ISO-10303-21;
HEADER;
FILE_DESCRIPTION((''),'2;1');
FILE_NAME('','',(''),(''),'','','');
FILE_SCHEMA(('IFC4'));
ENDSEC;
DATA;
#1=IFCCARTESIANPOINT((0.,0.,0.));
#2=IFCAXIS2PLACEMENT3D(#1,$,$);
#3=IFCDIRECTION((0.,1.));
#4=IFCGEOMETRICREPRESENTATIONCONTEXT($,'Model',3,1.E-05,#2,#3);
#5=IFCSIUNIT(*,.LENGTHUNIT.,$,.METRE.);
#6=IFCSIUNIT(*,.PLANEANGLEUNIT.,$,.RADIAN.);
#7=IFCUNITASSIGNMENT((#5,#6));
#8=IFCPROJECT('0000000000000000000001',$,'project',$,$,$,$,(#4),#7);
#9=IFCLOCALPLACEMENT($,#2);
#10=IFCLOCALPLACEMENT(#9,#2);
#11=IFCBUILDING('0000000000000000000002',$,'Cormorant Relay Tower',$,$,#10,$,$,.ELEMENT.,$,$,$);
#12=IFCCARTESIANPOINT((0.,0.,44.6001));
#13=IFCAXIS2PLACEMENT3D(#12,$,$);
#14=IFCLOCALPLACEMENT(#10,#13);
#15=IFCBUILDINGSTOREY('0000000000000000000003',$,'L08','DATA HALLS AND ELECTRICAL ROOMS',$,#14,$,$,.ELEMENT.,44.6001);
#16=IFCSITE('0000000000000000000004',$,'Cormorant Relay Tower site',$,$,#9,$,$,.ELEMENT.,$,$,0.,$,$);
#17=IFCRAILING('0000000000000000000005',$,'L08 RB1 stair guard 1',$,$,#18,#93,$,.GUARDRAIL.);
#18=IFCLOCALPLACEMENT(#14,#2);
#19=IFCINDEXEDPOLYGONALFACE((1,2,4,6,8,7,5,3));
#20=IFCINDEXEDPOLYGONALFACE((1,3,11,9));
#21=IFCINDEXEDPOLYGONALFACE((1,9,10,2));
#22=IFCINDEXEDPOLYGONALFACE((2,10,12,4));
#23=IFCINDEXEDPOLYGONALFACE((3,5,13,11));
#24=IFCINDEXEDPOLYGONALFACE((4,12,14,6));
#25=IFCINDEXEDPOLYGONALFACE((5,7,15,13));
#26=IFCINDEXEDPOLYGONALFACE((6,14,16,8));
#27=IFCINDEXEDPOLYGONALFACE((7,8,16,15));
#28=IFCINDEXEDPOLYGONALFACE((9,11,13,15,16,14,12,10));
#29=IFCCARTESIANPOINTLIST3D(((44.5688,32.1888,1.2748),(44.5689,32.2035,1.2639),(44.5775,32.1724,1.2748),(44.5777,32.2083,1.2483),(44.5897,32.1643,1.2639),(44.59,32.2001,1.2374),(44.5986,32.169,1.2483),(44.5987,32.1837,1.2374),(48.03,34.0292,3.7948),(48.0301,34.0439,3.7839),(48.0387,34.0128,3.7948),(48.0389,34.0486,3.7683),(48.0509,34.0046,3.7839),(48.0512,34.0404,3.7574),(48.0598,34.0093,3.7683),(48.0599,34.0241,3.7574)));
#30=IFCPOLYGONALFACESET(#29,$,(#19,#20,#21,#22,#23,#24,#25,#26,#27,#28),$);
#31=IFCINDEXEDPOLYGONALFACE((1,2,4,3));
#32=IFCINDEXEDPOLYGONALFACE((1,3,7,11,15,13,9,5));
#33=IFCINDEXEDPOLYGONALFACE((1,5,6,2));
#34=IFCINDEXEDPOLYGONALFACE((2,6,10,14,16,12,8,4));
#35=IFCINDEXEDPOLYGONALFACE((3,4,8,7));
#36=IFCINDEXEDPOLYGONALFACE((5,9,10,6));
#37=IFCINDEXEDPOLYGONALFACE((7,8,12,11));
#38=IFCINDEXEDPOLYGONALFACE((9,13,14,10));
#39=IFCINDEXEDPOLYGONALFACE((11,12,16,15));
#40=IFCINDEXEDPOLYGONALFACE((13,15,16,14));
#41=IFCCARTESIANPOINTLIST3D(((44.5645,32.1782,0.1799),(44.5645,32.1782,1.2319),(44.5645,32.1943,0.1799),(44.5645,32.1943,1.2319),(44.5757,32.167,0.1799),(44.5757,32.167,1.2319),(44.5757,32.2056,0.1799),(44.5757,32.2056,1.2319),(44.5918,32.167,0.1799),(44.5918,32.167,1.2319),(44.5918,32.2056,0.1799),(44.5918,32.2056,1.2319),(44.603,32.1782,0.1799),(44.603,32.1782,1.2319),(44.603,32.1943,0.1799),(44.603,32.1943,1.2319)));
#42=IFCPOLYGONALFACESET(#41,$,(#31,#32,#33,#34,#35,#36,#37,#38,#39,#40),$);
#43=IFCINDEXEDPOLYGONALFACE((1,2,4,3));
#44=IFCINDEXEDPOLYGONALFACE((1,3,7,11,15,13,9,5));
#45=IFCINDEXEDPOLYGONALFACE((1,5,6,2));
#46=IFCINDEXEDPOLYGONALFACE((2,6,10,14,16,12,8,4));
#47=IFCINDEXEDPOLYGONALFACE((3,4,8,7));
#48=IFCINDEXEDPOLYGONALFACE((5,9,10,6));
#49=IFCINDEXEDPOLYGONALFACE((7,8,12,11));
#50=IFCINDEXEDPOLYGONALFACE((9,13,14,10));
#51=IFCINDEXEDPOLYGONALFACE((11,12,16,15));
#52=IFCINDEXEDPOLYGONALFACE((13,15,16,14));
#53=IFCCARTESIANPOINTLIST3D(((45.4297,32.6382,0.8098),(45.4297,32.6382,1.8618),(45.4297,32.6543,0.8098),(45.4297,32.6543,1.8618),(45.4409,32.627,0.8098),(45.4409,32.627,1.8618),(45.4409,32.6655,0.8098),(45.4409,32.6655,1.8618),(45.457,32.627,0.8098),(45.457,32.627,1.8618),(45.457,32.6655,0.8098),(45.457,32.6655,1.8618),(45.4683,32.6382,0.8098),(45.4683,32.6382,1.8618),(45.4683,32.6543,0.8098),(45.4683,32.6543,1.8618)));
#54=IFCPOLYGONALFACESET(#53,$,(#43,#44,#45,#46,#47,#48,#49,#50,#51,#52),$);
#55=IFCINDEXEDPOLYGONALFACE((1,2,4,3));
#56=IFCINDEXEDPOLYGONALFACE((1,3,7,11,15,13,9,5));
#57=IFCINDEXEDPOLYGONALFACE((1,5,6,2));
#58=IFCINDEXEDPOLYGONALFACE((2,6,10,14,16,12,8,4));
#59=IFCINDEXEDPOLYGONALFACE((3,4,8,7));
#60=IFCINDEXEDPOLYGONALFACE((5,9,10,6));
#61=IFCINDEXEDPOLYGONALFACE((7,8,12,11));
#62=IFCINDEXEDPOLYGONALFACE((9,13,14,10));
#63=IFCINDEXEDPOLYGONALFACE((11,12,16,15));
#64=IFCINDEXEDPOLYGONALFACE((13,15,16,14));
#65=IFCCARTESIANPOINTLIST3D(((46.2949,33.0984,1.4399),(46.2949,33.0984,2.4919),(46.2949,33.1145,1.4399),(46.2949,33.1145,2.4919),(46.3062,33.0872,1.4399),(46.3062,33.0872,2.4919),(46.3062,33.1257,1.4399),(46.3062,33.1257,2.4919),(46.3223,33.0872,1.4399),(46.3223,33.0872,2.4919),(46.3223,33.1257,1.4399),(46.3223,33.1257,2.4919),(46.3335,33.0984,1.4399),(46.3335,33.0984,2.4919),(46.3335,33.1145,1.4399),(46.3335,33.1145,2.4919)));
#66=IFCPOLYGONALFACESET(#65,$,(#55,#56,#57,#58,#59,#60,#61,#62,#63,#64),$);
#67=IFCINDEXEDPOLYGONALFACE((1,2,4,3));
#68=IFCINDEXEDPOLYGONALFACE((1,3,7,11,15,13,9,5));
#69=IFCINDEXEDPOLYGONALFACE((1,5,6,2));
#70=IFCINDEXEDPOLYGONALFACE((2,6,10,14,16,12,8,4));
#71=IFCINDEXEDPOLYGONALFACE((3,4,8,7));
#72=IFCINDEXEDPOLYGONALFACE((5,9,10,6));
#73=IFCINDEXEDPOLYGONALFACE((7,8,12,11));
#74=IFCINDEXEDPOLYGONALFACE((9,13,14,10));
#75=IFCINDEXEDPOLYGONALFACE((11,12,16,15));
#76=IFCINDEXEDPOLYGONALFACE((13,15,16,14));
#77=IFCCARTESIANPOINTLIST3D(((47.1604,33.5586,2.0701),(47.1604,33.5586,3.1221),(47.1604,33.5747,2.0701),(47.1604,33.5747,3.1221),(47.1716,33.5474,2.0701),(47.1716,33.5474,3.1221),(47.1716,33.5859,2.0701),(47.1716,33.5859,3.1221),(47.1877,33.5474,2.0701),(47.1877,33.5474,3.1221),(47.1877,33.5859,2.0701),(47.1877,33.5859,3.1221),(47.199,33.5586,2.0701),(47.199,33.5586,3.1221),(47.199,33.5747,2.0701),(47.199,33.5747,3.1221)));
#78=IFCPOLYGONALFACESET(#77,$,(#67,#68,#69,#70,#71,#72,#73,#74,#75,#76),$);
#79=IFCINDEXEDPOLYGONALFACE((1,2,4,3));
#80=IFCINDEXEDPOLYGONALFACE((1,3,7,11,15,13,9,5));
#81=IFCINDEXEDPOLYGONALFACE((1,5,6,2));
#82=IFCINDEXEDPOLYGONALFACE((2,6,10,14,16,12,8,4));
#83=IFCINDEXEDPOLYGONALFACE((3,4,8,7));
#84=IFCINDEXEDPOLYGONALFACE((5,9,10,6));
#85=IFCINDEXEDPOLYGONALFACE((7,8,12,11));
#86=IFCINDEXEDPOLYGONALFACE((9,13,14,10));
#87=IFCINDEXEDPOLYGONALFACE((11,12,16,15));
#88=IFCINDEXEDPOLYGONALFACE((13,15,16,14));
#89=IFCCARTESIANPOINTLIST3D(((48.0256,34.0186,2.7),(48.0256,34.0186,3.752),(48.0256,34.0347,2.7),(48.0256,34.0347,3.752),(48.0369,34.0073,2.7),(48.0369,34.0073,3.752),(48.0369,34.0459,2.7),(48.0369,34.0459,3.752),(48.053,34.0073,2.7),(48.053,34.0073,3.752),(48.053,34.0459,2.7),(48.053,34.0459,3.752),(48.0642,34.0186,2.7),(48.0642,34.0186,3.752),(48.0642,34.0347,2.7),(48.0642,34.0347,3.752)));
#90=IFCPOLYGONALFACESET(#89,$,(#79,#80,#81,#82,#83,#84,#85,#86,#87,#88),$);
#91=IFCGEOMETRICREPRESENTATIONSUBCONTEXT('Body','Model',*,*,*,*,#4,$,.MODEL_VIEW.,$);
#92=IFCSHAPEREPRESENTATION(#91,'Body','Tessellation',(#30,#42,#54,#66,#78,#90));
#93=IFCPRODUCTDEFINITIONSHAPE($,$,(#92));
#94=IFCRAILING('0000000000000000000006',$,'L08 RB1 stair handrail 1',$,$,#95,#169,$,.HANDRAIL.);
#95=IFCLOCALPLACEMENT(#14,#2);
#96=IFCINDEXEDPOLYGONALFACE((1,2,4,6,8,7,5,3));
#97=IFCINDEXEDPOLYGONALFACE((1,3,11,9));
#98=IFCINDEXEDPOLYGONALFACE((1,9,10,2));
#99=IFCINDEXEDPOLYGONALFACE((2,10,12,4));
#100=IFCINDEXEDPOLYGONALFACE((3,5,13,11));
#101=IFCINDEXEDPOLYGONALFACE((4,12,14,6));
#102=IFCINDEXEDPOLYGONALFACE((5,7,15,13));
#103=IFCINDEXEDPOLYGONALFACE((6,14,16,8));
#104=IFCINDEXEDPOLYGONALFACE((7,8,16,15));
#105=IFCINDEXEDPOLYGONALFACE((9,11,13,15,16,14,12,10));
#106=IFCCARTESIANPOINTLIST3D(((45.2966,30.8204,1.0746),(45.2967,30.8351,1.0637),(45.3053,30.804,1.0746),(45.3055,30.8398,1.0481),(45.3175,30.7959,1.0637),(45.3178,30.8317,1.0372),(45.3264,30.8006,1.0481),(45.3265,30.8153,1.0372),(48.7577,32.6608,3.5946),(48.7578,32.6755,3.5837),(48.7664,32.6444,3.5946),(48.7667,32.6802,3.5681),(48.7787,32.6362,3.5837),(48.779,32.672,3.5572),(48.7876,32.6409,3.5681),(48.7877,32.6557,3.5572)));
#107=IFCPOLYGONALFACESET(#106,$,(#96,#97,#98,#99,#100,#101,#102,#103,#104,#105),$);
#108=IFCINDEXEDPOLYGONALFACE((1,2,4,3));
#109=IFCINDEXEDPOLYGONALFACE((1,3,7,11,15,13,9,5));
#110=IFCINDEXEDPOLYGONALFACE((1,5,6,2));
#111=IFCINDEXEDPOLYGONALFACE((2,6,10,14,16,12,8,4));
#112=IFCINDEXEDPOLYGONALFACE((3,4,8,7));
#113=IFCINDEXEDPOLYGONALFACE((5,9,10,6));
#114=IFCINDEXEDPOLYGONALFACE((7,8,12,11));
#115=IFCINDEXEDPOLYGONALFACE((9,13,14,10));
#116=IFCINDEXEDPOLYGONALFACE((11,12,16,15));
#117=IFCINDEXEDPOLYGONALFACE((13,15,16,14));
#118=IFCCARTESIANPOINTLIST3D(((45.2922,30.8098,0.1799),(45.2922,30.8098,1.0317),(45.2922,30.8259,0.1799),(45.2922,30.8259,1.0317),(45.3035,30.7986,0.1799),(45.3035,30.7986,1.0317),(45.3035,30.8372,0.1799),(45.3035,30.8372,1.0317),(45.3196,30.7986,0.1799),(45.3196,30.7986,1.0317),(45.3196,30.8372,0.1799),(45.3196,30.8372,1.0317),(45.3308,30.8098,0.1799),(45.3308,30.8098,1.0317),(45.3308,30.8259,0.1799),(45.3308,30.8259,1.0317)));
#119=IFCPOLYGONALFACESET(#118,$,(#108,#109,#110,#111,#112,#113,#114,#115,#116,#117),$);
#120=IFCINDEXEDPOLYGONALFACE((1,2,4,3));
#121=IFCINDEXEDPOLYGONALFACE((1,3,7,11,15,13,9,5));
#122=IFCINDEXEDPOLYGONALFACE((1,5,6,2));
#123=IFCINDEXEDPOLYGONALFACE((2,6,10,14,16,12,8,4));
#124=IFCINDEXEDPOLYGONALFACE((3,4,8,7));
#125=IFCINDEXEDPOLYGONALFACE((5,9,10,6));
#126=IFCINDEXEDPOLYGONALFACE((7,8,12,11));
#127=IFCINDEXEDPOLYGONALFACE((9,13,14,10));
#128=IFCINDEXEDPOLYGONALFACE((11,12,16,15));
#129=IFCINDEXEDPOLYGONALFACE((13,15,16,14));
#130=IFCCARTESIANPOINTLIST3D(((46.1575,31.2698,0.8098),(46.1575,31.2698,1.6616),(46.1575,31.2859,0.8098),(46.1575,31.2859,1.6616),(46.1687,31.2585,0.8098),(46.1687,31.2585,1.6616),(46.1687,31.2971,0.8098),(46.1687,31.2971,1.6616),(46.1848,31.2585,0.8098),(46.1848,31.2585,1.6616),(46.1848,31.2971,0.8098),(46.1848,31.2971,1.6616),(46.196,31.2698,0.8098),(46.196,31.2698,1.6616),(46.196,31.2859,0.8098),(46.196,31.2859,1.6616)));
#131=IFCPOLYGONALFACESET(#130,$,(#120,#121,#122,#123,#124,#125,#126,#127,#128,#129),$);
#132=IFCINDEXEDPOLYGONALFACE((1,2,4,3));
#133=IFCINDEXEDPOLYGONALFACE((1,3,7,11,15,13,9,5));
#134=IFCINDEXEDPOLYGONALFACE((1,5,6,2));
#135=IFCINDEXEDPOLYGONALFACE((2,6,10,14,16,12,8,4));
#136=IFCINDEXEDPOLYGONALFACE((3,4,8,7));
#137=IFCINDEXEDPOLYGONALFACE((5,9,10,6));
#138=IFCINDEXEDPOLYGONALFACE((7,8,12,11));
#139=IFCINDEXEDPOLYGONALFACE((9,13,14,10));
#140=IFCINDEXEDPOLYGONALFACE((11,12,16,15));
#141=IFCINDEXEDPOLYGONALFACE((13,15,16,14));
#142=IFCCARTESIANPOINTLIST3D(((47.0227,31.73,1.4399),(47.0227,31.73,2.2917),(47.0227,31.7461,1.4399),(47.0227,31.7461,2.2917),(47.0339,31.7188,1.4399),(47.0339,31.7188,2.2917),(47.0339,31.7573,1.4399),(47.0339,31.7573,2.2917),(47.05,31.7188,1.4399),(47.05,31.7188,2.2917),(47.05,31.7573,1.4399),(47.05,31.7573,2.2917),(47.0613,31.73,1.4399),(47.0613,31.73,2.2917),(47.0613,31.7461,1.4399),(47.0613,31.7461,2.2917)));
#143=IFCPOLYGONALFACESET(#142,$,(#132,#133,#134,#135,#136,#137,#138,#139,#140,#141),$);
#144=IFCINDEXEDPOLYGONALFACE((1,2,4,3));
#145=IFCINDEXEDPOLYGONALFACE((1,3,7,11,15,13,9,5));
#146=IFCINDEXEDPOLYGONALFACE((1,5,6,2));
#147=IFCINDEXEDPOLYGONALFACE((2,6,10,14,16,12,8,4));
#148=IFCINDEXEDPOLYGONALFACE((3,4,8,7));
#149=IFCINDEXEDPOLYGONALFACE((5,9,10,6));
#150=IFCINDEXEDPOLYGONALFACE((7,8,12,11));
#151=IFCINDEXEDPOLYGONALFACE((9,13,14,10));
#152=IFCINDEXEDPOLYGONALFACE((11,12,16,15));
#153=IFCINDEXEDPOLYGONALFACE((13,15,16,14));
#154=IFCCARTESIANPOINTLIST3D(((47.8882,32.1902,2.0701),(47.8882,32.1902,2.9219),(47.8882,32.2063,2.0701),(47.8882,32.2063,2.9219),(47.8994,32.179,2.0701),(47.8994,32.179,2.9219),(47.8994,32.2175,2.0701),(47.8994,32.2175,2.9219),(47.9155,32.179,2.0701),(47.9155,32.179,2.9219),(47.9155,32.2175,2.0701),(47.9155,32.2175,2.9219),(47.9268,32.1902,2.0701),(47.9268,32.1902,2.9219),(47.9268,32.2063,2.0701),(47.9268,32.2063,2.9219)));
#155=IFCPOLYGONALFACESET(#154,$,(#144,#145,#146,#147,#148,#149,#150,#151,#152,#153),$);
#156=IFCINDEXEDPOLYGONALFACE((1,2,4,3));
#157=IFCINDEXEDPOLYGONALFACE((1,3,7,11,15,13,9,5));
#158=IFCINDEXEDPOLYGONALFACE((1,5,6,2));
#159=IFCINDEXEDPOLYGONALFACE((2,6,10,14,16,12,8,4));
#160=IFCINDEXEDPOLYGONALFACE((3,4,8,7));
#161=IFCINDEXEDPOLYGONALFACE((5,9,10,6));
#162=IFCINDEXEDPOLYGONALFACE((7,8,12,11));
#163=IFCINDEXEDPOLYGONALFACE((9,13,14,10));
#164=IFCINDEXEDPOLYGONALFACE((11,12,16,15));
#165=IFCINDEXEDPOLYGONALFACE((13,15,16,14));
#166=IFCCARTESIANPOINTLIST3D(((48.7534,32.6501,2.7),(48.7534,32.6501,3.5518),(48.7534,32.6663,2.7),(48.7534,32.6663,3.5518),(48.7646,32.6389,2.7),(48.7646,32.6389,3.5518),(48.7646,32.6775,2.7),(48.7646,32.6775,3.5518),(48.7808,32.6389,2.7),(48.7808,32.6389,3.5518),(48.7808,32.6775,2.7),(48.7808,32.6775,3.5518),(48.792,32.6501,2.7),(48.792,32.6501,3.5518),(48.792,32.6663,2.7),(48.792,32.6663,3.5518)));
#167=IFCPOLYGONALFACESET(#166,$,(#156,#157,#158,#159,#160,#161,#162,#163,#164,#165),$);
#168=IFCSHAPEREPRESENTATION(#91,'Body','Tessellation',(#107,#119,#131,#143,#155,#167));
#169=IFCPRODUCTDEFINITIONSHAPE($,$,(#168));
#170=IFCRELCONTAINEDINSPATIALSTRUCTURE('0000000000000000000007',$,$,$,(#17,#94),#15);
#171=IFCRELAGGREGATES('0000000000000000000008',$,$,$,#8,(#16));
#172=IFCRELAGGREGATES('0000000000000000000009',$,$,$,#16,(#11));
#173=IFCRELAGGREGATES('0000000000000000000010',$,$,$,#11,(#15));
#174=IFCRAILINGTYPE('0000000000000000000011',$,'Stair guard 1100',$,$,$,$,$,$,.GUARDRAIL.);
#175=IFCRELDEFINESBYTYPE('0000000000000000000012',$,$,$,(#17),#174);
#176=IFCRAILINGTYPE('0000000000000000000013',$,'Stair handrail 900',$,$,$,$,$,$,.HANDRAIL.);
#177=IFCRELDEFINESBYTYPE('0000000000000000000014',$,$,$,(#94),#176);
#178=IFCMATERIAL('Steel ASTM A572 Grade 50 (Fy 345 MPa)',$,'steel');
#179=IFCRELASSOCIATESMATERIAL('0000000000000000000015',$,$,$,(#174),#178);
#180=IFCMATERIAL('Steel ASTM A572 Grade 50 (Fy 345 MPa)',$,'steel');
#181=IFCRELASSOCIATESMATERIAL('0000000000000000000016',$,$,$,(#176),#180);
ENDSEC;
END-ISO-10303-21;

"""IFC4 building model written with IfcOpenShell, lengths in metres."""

from ifc_helpers import new_model, si_unit, direction, frame, origin, place, context, subcontext, project, spatial, polyline, outline, extrude, material, type_object, element, save


model = new_model("IFC4")

# Units and contexts
model_context = context("Model", 3, precision=1e-05, world=origin(), true_north=direction((0.0, 1.0)))
body_context = subcontext(model_context, "Body", "Model", "MODEL_VIEW")
ifc_project = project(units=[si_unit("LENGTHUNIT", "METRE"), si_unit("PLANEANGLEUNIT", "RADIAN")], contexts=[model_context])

# Site, building, storey
site_placement = place(None, origin())
site = spatial("IfcSite", under=ifc_project, at=site_placement, Name="Cormorant Relay Tower site", CompositionType="ELEMENT", RefElevation=0.0)
building_placement = place(site_placement, origin())
building = spatial("IfcBuilding", under=site, at=building_placement, Name="Cormorant Relay Tower", CompositionType="ELEMENT")
storey_placement = place(building_placement, frame((0.0, 0.0, 44.6001)))
storey = spatial("IfcBuildingStorey", under=building, at=storey_placement, Name="L08", Description="DATA HALLS AND ELECTRICAL ROOMS", CompositionType="ELEMENT", Elevation=44.6001)

# Railings
ifc_material_1 = material(Name="Steel ASTM A572 Grade 50 (Fy 345 MPa)", Category="steel")
railing_type_1 = type_object("IfcRailingType", Name="Stair guard 1100", PredefinedType="GUARDRAIL", material=ifc_material_1)
railing_1_placement = place(storey_placement, frame((44.5837, 32.1863, 0.1799)))
element("IfcRailing", 1, at=railing_1_placement, inside=storey, type_object=railing_type_1, Name="L08 RB1 stair guard 1", PredefinedType="GUARDRAIL", context=body_context, shape_type="SweptSolid", body=[
    extrude(outline(polyline([(0.0222, 0.0093), (0.0093, 0.0222), (-0.0093, 0.0222), (-0.0222, 0.0093), (-0.0222, -0.0093), (-0.0093, -0.0222), (0.0093, -0.0222), (0.0222, -0.0093), (0.0222, 0.0093)])), frame((0.0, 0.0, 1.0762), z_axis=(0.742717, 0.394907, 0.540758), x_axis=(-0.469469, 0.882949, 0.0)), (0.0, 0.0, 1.0), 4.6602),
    extrude(outline(polyline([(0.0193, 0.0081), (0.0081, 0.0193), (-0.0081, 0.0193), (-0.0193, 0.0081), (-0.0193, -0.0081), (-0.0081, -0.0193), (0.0081, -0.0193), (0.0193, -0.0081), (0.0193, 0.0081)])), origin(), (0.0, 0.0, 1.0), 1.052),
    extrude(outline(polyline([(0.0193, 0.0081), (0.0081, 0.0193), (-0.0081, 0.0193), (-0.0193, 0.0081), (-0.0193, -0.0081), (-0.0081, -0.0193), (0.0081, -0.0193), (0.0193, -0.0081), (0.0193, 0.0081)])), frame((0.8652, 0.46, 0.6299)), (0.0, 0.0, 1.0), 1.052),
    extrude(outline(polyline([(0.0193, 0.0081), (0.0081, 0.0193), (-0.0081, 0.0193), (-0.0193, 0.0081), (-0.0193, -0.0081), (-0.0081, -0.0193), (0.0081, -0.0193), (0.0193, -0.0081), (0.0193, 0.0081)])), frame((1.7305, 0.9202, 1.26)), (0.0, 0.0, 1.0), 1.052),
    extrude(outline(polyline([(0.0193, 0.0081), (0.0081, 0.0193), (-0.0081, 0.0193), (-0.0193, 0.0081), (-0.0193, -0.0081), (-0.0081, -0.0193), (0.0081, -0.0193), (0.0193, -0.0081), (0.0193, 0.0081)])), frame((2.5959, 1.3804, 1.8901)), (0.0, 0.0, 1.0), 1.052),
    extrude(outline(polyline([(0.0193, 0.0081), (0.0081, 0.0193), (-0.0081, 0.0193), (-0.0193, 0.0081), (-0.0193, -0.0081), (-0.0081, -0.0193), (0.0081, -0.0193), (0.0193, -0.0081), (0.0193, 0.0081)])), frame((3.4612, 1.8403, 2.52)), (0.0, 0.0, 1.0), 1.052),
])
ifc_material_2 = material(Name="Steel ASTM A572 Grade 50 (Fy 345 MPa)", Category="steel")
railing_type_2 = type_object("IfcRailingType", Name="Stair handrail 900", PredefinedType="HANDRAIL", material=ifc_material_2)
railing_2_placement = place(storey_placement, frame((45.3115, 30.8179, 0.1799)))
element("IfcRailing", 2, at=railing_2_placement, inside=storey, type_object=railing_type_2, Name="L08 RB1 stair handrail 1", PredefinedType="HANDRAIL", context=body_context, shape_type="SweptSolid", body=[
    extrude(outline(polyline([(0.0222, 0.0093), (0.0093, 0.0222), (-0.0093, 0.0222), (-0.0222, 0.0093), (-0.0222, -0.0093), (-0.0093, -0.0222), (0.0093, -0.0222), (0.0222, -0.0093), (0.0222, 0.0093)])), frame((0.0, 0.0, 0.876), z_axis=(0.742717, 0.394907, 0.540758), x_axis=(-0.469469, 0.882949, 0.0)), (0.0, 0.0, 1.0), 4.6602),
    extrude(outline(polyline([(0.0193, 0.0081), (0.0081, 0.0193), (-0.0081, 0.0193), (-0.0193, 0.0081), (-0.0193, -0.0081), (-0.0081, -0.0193), (0.0081, -0.0193), (0.0193, -0.0081), (0.0193, 0.0081)])), origin(), (0.0, 0.0, 1.0), 0.8518),
    extrude(outline(polyline([(0.0193, 0.0081), (0.0081, 0.0193), (-0.0081, 0.0193), (-0.0193, 0.0081), (-0.0193, -0.0081), (-0.0081, -0.0193), (0.0081, -0.0193), (0.0193, -0.0081), (0.0193, 0.0081)])), frame((0.8652, 0.46, 0.6299)), (0.0, 0.0, 1.0), 0.8518),
    extrude(outline(polyline([(0.0193, 0.0081), (0.0081, 0.0193), (-0.0081, 0.0193), (-0.0193, 0.0081), (-0.0193, -0.0081), (-0.0081, -0.0193), (0.0081, -0.0193), (0.0193, -0.0081), (0.0193, 0.0081)])), frame((1.7305, 0.9202, 1.26)), (0.0, 0.0, 1.0), 0.8518),
    extrude(outline(polyline([(0.0193, 0.0081), (0.0081, 0.0193), (-0.0081, 0.0193), (-0.0193, 0.0081), (-0.0193, -0.0081), (-0.0081, -0.0193), (0.0081, -0.0193), (0.0193, -0.0081), (0.0193, 0.0081)])), frame((2.5959, 1.3804, 1.8901)), (0.0, 0.0, 1.0), 0.8518),
    extrude(outline(polyline([(0.0193, 0.0081), (0.0081, 0.0193), (-0.0081, 0.0193), (-0.0193, 0.0081), (-0.0193, -0.0081), (-0.0081, -0.0193), (0.0081, -0.0193), (0.0193, -0.0081), (0.0193, 0.0081)])), frame((3.4612, 1.8403, 2.52)), (0.0, 0.0, 1.0), 0.8518),
])

save(model, "model.ifc")
